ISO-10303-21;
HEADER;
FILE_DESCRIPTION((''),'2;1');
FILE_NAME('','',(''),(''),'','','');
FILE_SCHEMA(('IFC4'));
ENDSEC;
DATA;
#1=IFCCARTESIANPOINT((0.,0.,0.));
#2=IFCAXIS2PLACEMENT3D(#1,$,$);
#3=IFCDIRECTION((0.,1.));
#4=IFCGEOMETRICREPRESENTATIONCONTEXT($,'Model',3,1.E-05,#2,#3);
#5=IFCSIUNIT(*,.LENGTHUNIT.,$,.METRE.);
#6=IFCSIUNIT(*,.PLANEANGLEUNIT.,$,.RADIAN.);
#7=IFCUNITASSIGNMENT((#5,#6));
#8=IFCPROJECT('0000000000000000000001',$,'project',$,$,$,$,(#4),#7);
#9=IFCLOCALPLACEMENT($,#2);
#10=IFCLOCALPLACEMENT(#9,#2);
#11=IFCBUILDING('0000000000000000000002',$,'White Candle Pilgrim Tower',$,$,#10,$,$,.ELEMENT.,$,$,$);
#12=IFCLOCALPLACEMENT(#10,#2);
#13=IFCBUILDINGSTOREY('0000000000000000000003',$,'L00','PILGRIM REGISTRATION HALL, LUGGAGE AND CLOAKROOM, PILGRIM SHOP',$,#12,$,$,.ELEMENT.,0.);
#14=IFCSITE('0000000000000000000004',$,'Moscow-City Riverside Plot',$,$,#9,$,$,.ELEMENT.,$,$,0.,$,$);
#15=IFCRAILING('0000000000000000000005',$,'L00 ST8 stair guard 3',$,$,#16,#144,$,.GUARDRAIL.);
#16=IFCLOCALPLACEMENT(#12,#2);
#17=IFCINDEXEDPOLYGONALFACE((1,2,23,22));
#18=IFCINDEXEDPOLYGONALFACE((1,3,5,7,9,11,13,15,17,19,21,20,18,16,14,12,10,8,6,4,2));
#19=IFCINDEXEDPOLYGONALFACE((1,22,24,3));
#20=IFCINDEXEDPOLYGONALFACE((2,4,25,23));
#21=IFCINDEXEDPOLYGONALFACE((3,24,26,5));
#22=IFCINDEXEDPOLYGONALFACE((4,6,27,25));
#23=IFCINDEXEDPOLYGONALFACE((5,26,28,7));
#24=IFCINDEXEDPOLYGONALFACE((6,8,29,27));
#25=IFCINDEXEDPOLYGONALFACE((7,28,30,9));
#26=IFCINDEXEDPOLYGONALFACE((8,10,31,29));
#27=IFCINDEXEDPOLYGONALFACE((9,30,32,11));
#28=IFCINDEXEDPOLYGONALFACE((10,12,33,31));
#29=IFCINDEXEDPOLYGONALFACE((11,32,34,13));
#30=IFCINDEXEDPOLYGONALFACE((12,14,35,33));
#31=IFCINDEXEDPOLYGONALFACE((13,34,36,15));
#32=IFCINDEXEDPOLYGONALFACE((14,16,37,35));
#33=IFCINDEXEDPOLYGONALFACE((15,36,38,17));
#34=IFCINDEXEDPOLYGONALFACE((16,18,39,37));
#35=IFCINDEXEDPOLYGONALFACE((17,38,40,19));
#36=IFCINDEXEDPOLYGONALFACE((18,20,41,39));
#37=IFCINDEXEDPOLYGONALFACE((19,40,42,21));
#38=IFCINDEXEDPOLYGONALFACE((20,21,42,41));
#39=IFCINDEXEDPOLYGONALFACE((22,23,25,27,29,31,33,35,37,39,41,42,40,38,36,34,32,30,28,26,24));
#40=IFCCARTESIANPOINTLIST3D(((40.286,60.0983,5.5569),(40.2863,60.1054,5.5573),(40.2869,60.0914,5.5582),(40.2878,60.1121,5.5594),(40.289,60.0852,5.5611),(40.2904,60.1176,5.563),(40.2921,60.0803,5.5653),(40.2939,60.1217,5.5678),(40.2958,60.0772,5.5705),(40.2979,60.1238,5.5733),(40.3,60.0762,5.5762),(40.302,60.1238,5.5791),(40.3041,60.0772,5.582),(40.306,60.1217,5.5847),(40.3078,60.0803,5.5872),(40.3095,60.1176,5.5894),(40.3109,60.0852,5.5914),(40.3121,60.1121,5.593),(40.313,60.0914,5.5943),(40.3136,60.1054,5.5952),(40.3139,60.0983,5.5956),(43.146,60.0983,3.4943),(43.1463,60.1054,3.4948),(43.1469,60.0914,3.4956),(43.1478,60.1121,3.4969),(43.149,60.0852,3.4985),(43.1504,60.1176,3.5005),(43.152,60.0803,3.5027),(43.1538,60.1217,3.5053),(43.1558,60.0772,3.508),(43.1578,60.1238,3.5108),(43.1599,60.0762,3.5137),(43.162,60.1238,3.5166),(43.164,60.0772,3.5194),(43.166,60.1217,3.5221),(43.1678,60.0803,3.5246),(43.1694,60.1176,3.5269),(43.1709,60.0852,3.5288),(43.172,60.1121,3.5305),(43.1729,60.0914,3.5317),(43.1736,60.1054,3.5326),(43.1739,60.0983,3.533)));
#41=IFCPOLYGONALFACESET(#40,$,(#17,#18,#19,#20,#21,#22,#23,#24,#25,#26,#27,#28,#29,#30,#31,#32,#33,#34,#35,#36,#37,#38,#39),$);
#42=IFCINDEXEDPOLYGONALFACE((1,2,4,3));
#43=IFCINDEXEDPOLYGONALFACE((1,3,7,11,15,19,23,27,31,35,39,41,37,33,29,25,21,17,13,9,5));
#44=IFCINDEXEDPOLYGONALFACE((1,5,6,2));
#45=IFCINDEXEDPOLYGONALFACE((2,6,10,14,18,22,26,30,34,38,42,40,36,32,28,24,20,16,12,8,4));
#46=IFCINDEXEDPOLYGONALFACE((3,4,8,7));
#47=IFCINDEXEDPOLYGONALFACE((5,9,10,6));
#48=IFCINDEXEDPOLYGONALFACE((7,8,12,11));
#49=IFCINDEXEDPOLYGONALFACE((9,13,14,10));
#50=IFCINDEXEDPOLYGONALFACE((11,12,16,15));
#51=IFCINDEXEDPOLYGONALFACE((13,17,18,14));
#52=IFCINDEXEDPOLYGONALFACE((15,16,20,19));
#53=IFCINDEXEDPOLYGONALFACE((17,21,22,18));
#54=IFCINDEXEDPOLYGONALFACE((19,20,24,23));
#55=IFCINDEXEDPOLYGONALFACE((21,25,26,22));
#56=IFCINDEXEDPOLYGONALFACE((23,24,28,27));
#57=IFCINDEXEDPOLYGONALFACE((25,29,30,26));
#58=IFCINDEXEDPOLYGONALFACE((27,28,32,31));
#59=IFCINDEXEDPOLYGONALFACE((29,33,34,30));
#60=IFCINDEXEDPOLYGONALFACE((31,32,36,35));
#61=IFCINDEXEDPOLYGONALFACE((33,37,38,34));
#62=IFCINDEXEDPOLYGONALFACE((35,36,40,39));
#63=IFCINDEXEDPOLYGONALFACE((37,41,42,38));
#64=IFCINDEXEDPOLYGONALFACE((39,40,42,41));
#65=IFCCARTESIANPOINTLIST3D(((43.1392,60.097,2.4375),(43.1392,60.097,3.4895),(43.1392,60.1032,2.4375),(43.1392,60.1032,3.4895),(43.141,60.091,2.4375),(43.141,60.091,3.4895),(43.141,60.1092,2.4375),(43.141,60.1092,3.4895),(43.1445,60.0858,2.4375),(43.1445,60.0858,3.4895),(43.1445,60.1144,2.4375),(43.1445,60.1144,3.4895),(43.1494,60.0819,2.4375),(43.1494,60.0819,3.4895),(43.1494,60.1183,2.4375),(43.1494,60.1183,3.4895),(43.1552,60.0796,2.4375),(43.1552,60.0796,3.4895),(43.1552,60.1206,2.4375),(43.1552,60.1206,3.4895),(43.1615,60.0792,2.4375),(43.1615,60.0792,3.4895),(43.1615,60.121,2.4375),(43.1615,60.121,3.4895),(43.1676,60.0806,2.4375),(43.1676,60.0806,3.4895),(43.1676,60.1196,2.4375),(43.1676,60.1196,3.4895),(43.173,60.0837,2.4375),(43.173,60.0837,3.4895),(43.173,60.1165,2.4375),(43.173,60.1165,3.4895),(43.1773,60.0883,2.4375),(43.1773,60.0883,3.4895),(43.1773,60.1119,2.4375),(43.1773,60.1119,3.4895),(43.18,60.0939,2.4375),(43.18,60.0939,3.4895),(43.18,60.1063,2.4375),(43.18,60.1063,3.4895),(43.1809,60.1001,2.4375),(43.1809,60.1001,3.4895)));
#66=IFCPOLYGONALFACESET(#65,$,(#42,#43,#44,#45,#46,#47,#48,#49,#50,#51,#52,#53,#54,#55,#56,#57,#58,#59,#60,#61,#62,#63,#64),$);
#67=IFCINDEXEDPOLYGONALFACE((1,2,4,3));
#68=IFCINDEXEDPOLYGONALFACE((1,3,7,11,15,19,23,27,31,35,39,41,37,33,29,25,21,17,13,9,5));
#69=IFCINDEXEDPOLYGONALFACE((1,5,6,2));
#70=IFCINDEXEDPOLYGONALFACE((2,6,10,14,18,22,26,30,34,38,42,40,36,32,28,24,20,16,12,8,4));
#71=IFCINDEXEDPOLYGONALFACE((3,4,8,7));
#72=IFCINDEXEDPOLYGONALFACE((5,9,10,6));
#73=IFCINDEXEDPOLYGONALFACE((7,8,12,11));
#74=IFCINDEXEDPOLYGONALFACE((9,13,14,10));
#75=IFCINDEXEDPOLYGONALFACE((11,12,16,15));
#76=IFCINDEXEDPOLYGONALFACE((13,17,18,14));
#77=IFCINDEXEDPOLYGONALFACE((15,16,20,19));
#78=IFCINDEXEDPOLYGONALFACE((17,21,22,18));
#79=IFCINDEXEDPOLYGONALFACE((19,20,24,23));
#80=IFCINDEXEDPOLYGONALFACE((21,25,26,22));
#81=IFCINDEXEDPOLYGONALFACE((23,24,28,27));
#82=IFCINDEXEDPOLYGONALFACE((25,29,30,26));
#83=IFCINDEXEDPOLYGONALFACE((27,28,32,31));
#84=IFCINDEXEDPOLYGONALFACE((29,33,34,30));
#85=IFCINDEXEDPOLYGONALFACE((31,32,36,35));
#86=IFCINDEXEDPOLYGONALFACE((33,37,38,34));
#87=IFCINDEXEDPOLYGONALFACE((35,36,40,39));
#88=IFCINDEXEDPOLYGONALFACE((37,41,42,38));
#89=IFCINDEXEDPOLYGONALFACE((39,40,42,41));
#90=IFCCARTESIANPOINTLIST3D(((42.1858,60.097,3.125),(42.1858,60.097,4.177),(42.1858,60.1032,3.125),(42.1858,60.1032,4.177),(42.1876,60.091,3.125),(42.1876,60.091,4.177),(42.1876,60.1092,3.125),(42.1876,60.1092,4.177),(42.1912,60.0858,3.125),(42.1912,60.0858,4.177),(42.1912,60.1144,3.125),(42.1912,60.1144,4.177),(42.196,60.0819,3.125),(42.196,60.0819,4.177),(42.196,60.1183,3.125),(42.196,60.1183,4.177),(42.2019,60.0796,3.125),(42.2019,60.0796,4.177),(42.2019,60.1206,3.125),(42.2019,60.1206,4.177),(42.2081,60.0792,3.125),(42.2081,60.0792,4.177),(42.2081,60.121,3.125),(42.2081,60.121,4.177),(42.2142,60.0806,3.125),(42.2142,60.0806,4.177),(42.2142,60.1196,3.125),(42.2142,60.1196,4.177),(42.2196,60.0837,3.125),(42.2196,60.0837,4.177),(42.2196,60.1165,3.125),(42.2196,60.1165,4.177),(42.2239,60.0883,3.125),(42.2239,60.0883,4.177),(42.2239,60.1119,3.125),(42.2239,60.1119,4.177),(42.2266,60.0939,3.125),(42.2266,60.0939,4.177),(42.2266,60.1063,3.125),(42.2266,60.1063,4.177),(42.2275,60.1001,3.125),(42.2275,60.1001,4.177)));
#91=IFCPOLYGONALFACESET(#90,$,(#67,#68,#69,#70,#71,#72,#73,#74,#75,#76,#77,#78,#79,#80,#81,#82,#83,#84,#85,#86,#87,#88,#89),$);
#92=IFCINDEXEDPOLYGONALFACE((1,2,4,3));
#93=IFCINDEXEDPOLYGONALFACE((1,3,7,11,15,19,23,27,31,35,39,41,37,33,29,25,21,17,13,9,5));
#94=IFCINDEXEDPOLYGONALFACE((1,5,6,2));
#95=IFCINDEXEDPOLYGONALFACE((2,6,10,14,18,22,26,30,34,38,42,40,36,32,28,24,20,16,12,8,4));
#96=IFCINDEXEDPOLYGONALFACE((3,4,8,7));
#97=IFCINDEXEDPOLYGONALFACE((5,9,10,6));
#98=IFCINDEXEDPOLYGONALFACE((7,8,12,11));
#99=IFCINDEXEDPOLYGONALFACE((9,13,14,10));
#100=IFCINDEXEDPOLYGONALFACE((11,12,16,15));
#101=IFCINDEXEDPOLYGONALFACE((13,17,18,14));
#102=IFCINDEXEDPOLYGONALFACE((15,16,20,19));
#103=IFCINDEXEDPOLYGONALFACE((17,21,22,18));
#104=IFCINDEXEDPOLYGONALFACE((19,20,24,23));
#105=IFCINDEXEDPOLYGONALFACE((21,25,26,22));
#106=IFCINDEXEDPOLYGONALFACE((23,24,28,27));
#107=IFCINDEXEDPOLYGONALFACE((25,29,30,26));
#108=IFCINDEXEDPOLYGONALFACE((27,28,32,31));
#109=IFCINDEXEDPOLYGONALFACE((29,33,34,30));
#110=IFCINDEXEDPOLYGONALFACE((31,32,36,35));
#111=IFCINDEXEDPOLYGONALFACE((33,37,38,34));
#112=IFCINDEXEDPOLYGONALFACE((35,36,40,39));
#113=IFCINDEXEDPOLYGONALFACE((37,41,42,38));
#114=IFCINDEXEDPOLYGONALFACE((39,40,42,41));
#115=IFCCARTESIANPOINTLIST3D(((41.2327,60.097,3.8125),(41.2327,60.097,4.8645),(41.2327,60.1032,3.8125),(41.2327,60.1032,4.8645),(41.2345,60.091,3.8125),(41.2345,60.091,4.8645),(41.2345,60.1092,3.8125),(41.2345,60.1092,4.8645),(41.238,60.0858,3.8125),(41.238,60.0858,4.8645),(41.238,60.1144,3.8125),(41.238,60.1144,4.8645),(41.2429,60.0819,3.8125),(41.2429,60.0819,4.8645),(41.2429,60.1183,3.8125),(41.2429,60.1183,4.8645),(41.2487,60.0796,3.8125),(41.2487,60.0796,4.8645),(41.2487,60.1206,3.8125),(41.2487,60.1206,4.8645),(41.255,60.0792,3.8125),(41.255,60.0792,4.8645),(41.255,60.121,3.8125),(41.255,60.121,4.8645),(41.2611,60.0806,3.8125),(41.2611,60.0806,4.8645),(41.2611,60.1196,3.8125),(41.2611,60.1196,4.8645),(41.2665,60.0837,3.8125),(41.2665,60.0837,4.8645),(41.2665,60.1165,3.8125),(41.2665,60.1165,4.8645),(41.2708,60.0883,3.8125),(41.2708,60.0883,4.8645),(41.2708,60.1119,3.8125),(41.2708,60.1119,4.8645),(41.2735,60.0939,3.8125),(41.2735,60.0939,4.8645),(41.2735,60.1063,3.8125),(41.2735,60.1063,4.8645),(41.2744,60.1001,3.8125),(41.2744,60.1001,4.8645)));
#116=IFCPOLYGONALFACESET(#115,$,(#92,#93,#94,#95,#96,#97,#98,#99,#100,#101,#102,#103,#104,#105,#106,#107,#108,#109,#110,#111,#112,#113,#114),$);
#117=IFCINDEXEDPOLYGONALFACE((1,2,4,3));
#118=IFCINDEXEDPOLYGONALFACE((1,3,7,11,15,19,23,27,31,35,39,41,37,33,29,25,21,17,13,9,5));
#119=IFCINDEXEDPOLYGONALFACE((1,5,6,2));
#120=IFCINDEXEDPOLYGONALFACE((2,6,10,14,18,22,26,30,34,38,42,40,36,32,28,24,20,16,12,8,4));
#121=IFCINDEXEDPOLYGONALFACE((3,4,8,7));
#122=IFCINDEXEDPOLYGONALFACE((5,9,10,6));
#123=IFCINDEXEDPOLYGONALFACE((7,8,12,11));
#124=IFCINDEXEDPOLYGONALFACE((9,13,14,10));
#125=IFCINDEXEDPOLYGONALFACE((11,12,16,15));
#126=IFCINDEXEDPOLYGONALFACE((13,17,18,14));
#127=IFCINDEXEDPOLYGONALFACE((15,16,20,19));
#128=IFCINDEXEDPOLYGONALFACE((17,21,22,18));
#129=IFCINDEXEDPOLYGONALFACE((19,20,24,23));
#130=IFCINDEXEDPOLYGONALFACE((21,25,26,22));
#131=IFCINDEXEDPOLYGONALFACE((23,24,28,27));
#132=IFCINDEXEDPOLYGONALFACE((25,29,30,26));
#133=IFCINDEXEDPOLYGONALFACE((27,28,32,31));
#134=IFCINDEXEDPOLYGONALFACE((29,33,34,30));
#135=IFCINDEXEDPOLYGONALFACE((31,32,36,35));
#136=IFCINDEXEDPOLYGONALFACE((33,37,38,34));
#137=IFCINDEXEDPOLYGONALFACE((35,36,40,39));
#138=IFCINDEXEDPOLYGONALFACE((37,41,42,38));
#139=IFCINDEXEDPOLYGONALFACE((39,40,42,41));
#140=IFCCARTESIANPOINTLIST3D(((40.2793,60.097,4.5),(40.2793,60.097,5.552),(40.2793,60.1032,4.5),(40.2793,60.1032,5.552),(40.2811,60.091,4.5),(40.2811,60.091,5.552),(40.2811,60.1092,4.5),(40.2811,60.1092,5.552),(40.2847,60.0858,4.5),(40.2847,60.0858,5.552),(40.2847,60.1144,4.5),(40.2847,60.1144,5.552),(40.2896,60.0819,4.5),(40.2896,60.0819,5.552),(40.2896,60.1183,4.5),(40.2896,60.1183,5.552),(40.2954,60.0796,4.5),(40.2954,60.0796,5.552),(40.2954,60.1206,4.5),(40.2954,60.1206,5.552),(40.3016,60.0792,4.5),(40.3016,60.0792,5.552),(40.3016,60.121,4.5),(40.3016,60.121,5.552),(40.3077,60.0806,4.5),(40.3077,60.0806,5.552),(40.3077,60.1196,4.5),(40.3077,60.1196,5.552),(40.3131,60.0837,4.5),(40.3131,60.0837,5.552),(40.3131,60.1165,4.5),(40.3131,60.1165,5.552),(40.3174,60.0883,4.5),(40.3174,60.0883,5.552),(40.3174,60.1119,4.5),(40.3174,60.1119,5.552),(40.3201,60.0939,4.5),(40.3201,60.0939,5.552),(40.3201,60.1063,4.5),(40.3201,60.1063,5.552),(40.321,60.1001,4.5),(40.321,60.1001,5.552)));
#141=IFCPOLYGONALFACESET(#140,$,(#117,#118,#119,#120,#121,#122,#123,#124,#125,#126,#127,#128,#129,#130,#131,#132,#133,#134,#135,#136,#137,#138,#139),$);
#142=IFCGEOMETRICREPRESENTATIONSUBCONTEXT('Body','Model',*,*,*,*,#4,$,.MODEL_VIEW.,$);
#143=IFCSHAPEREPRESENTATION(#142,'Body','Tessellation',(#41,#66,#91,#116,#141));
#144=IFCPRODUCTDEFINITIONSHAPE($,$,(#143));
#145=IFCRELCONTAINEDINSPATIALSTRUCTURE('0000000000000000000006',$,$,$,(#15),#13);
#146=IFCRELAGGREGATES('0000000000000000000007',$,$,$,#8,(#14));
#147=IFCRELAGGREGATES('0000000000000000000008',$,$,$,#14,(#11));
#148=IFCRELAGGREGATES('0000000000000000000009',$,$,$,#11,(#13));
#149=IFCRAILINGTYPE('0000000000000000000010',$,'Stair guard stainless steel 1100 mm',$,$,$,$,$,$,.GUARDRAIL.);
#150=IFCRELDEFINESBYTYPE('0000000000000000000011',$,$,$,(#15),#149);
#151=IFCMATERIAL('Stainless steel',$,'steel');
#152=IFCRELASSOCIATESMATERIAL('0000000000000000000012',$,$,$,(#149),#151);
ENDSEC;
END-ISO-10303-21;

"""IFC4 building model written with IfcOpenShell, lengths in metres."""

from ifc_helpers import new_model, si_unit, direction, frame, origin, origin_2d, place, context, subcontext, project, spatial, circle, extrude, material, type_object, element, save


model = new_model("IFC4")

# Units and contexts
model_context = context("Model", 3, precision=1e-05, world=origin(), true_north=direction((0.0, 1.0)))
body_context = subcontext(model_context, "Body", "Model", "MODEL_VIEW")
ifc_project = project(units=[si_unit("LENGTHUNIT", "METRE"), si_unit("PLANEANGLEUNIT", "RADIAN")], contexts=[model_context])

# Site, building, storey
site_placement = place(None, origin())
site = spatial("IfcSite", under=ifc_project, at=site_placement, Name="Moscow-City Riverside Plot", CompositionType="ELEMENT", RefElevation=0.0)
building_placement = place(site_placement, origin())
building = spatial("IfcBuilding", under=site, at=building_placement, Name="White Candle Pilgrim Tower", CompositionType="ELEMENT")
storey_placement = place(building_placement, origin())
storey = spatial("IfcBuildingStorey", under=building, at=storey_placement, Name="L00", Description="PILGRIM REGISTRATION HALL, LUGGAGE AND CLOAKROOM, PILGRIM SHOP", CompositionType="ELEMENT", Elevation=0.0)

# Railing
ifc_material_1 = material(Name="Stainless steel", Category="steel")
railing_type_1 = type_object("IfcRailingType", Name="Stair guard stainless steel 1100 mm", PredefinedType="GUARDRAIL", material=ifc_material_1)
railing_1_placement = place(storey_placement, frame((43.1599, 60.1001, 2.4375)))
element("IfcRailing", 1, at=railing_1_placement, inside=storey, type_object=railing_type_1, Name="L00 ST8 stair guard 3", PredefinedType="GUARDRAIL", context=body_context, shape_type="SweptSolid", body=[
    extrude(circle(Radius=0.0239, at=origin_2d()), frame((0.0, 0.0, 1.0762), z_axis=(-0.811077, 0.0, 0.584939), x_axis=(0.0, -1.0, 0.0)), (0.0, 0.0, 1.0), 3.5261),
    extrude(circle(Radius=0.021, at=origin_2d()), origin(), (0.0, 0.0, 1.0), 1.052),
    extrude(circle(Radius=0.021, at=origin_2d()), frame((-0.9534, 0.0, 0.6875)), (0.0, 0.0, 1.0), 1.052),
    extrude(circle(Radius=0.021, at=origin_2d()), frame((-1.9065, 0.0, 1.375)), (0.0, 0.0, 1.0), 1.052),
    extrude(circle(Radius=0.021, at=origin_2d()), frame((-2.8599, 0.0, 2.0625)), (0.0, 0.0, 1.0), 1.052),
])

save(model, "model.ifc")
